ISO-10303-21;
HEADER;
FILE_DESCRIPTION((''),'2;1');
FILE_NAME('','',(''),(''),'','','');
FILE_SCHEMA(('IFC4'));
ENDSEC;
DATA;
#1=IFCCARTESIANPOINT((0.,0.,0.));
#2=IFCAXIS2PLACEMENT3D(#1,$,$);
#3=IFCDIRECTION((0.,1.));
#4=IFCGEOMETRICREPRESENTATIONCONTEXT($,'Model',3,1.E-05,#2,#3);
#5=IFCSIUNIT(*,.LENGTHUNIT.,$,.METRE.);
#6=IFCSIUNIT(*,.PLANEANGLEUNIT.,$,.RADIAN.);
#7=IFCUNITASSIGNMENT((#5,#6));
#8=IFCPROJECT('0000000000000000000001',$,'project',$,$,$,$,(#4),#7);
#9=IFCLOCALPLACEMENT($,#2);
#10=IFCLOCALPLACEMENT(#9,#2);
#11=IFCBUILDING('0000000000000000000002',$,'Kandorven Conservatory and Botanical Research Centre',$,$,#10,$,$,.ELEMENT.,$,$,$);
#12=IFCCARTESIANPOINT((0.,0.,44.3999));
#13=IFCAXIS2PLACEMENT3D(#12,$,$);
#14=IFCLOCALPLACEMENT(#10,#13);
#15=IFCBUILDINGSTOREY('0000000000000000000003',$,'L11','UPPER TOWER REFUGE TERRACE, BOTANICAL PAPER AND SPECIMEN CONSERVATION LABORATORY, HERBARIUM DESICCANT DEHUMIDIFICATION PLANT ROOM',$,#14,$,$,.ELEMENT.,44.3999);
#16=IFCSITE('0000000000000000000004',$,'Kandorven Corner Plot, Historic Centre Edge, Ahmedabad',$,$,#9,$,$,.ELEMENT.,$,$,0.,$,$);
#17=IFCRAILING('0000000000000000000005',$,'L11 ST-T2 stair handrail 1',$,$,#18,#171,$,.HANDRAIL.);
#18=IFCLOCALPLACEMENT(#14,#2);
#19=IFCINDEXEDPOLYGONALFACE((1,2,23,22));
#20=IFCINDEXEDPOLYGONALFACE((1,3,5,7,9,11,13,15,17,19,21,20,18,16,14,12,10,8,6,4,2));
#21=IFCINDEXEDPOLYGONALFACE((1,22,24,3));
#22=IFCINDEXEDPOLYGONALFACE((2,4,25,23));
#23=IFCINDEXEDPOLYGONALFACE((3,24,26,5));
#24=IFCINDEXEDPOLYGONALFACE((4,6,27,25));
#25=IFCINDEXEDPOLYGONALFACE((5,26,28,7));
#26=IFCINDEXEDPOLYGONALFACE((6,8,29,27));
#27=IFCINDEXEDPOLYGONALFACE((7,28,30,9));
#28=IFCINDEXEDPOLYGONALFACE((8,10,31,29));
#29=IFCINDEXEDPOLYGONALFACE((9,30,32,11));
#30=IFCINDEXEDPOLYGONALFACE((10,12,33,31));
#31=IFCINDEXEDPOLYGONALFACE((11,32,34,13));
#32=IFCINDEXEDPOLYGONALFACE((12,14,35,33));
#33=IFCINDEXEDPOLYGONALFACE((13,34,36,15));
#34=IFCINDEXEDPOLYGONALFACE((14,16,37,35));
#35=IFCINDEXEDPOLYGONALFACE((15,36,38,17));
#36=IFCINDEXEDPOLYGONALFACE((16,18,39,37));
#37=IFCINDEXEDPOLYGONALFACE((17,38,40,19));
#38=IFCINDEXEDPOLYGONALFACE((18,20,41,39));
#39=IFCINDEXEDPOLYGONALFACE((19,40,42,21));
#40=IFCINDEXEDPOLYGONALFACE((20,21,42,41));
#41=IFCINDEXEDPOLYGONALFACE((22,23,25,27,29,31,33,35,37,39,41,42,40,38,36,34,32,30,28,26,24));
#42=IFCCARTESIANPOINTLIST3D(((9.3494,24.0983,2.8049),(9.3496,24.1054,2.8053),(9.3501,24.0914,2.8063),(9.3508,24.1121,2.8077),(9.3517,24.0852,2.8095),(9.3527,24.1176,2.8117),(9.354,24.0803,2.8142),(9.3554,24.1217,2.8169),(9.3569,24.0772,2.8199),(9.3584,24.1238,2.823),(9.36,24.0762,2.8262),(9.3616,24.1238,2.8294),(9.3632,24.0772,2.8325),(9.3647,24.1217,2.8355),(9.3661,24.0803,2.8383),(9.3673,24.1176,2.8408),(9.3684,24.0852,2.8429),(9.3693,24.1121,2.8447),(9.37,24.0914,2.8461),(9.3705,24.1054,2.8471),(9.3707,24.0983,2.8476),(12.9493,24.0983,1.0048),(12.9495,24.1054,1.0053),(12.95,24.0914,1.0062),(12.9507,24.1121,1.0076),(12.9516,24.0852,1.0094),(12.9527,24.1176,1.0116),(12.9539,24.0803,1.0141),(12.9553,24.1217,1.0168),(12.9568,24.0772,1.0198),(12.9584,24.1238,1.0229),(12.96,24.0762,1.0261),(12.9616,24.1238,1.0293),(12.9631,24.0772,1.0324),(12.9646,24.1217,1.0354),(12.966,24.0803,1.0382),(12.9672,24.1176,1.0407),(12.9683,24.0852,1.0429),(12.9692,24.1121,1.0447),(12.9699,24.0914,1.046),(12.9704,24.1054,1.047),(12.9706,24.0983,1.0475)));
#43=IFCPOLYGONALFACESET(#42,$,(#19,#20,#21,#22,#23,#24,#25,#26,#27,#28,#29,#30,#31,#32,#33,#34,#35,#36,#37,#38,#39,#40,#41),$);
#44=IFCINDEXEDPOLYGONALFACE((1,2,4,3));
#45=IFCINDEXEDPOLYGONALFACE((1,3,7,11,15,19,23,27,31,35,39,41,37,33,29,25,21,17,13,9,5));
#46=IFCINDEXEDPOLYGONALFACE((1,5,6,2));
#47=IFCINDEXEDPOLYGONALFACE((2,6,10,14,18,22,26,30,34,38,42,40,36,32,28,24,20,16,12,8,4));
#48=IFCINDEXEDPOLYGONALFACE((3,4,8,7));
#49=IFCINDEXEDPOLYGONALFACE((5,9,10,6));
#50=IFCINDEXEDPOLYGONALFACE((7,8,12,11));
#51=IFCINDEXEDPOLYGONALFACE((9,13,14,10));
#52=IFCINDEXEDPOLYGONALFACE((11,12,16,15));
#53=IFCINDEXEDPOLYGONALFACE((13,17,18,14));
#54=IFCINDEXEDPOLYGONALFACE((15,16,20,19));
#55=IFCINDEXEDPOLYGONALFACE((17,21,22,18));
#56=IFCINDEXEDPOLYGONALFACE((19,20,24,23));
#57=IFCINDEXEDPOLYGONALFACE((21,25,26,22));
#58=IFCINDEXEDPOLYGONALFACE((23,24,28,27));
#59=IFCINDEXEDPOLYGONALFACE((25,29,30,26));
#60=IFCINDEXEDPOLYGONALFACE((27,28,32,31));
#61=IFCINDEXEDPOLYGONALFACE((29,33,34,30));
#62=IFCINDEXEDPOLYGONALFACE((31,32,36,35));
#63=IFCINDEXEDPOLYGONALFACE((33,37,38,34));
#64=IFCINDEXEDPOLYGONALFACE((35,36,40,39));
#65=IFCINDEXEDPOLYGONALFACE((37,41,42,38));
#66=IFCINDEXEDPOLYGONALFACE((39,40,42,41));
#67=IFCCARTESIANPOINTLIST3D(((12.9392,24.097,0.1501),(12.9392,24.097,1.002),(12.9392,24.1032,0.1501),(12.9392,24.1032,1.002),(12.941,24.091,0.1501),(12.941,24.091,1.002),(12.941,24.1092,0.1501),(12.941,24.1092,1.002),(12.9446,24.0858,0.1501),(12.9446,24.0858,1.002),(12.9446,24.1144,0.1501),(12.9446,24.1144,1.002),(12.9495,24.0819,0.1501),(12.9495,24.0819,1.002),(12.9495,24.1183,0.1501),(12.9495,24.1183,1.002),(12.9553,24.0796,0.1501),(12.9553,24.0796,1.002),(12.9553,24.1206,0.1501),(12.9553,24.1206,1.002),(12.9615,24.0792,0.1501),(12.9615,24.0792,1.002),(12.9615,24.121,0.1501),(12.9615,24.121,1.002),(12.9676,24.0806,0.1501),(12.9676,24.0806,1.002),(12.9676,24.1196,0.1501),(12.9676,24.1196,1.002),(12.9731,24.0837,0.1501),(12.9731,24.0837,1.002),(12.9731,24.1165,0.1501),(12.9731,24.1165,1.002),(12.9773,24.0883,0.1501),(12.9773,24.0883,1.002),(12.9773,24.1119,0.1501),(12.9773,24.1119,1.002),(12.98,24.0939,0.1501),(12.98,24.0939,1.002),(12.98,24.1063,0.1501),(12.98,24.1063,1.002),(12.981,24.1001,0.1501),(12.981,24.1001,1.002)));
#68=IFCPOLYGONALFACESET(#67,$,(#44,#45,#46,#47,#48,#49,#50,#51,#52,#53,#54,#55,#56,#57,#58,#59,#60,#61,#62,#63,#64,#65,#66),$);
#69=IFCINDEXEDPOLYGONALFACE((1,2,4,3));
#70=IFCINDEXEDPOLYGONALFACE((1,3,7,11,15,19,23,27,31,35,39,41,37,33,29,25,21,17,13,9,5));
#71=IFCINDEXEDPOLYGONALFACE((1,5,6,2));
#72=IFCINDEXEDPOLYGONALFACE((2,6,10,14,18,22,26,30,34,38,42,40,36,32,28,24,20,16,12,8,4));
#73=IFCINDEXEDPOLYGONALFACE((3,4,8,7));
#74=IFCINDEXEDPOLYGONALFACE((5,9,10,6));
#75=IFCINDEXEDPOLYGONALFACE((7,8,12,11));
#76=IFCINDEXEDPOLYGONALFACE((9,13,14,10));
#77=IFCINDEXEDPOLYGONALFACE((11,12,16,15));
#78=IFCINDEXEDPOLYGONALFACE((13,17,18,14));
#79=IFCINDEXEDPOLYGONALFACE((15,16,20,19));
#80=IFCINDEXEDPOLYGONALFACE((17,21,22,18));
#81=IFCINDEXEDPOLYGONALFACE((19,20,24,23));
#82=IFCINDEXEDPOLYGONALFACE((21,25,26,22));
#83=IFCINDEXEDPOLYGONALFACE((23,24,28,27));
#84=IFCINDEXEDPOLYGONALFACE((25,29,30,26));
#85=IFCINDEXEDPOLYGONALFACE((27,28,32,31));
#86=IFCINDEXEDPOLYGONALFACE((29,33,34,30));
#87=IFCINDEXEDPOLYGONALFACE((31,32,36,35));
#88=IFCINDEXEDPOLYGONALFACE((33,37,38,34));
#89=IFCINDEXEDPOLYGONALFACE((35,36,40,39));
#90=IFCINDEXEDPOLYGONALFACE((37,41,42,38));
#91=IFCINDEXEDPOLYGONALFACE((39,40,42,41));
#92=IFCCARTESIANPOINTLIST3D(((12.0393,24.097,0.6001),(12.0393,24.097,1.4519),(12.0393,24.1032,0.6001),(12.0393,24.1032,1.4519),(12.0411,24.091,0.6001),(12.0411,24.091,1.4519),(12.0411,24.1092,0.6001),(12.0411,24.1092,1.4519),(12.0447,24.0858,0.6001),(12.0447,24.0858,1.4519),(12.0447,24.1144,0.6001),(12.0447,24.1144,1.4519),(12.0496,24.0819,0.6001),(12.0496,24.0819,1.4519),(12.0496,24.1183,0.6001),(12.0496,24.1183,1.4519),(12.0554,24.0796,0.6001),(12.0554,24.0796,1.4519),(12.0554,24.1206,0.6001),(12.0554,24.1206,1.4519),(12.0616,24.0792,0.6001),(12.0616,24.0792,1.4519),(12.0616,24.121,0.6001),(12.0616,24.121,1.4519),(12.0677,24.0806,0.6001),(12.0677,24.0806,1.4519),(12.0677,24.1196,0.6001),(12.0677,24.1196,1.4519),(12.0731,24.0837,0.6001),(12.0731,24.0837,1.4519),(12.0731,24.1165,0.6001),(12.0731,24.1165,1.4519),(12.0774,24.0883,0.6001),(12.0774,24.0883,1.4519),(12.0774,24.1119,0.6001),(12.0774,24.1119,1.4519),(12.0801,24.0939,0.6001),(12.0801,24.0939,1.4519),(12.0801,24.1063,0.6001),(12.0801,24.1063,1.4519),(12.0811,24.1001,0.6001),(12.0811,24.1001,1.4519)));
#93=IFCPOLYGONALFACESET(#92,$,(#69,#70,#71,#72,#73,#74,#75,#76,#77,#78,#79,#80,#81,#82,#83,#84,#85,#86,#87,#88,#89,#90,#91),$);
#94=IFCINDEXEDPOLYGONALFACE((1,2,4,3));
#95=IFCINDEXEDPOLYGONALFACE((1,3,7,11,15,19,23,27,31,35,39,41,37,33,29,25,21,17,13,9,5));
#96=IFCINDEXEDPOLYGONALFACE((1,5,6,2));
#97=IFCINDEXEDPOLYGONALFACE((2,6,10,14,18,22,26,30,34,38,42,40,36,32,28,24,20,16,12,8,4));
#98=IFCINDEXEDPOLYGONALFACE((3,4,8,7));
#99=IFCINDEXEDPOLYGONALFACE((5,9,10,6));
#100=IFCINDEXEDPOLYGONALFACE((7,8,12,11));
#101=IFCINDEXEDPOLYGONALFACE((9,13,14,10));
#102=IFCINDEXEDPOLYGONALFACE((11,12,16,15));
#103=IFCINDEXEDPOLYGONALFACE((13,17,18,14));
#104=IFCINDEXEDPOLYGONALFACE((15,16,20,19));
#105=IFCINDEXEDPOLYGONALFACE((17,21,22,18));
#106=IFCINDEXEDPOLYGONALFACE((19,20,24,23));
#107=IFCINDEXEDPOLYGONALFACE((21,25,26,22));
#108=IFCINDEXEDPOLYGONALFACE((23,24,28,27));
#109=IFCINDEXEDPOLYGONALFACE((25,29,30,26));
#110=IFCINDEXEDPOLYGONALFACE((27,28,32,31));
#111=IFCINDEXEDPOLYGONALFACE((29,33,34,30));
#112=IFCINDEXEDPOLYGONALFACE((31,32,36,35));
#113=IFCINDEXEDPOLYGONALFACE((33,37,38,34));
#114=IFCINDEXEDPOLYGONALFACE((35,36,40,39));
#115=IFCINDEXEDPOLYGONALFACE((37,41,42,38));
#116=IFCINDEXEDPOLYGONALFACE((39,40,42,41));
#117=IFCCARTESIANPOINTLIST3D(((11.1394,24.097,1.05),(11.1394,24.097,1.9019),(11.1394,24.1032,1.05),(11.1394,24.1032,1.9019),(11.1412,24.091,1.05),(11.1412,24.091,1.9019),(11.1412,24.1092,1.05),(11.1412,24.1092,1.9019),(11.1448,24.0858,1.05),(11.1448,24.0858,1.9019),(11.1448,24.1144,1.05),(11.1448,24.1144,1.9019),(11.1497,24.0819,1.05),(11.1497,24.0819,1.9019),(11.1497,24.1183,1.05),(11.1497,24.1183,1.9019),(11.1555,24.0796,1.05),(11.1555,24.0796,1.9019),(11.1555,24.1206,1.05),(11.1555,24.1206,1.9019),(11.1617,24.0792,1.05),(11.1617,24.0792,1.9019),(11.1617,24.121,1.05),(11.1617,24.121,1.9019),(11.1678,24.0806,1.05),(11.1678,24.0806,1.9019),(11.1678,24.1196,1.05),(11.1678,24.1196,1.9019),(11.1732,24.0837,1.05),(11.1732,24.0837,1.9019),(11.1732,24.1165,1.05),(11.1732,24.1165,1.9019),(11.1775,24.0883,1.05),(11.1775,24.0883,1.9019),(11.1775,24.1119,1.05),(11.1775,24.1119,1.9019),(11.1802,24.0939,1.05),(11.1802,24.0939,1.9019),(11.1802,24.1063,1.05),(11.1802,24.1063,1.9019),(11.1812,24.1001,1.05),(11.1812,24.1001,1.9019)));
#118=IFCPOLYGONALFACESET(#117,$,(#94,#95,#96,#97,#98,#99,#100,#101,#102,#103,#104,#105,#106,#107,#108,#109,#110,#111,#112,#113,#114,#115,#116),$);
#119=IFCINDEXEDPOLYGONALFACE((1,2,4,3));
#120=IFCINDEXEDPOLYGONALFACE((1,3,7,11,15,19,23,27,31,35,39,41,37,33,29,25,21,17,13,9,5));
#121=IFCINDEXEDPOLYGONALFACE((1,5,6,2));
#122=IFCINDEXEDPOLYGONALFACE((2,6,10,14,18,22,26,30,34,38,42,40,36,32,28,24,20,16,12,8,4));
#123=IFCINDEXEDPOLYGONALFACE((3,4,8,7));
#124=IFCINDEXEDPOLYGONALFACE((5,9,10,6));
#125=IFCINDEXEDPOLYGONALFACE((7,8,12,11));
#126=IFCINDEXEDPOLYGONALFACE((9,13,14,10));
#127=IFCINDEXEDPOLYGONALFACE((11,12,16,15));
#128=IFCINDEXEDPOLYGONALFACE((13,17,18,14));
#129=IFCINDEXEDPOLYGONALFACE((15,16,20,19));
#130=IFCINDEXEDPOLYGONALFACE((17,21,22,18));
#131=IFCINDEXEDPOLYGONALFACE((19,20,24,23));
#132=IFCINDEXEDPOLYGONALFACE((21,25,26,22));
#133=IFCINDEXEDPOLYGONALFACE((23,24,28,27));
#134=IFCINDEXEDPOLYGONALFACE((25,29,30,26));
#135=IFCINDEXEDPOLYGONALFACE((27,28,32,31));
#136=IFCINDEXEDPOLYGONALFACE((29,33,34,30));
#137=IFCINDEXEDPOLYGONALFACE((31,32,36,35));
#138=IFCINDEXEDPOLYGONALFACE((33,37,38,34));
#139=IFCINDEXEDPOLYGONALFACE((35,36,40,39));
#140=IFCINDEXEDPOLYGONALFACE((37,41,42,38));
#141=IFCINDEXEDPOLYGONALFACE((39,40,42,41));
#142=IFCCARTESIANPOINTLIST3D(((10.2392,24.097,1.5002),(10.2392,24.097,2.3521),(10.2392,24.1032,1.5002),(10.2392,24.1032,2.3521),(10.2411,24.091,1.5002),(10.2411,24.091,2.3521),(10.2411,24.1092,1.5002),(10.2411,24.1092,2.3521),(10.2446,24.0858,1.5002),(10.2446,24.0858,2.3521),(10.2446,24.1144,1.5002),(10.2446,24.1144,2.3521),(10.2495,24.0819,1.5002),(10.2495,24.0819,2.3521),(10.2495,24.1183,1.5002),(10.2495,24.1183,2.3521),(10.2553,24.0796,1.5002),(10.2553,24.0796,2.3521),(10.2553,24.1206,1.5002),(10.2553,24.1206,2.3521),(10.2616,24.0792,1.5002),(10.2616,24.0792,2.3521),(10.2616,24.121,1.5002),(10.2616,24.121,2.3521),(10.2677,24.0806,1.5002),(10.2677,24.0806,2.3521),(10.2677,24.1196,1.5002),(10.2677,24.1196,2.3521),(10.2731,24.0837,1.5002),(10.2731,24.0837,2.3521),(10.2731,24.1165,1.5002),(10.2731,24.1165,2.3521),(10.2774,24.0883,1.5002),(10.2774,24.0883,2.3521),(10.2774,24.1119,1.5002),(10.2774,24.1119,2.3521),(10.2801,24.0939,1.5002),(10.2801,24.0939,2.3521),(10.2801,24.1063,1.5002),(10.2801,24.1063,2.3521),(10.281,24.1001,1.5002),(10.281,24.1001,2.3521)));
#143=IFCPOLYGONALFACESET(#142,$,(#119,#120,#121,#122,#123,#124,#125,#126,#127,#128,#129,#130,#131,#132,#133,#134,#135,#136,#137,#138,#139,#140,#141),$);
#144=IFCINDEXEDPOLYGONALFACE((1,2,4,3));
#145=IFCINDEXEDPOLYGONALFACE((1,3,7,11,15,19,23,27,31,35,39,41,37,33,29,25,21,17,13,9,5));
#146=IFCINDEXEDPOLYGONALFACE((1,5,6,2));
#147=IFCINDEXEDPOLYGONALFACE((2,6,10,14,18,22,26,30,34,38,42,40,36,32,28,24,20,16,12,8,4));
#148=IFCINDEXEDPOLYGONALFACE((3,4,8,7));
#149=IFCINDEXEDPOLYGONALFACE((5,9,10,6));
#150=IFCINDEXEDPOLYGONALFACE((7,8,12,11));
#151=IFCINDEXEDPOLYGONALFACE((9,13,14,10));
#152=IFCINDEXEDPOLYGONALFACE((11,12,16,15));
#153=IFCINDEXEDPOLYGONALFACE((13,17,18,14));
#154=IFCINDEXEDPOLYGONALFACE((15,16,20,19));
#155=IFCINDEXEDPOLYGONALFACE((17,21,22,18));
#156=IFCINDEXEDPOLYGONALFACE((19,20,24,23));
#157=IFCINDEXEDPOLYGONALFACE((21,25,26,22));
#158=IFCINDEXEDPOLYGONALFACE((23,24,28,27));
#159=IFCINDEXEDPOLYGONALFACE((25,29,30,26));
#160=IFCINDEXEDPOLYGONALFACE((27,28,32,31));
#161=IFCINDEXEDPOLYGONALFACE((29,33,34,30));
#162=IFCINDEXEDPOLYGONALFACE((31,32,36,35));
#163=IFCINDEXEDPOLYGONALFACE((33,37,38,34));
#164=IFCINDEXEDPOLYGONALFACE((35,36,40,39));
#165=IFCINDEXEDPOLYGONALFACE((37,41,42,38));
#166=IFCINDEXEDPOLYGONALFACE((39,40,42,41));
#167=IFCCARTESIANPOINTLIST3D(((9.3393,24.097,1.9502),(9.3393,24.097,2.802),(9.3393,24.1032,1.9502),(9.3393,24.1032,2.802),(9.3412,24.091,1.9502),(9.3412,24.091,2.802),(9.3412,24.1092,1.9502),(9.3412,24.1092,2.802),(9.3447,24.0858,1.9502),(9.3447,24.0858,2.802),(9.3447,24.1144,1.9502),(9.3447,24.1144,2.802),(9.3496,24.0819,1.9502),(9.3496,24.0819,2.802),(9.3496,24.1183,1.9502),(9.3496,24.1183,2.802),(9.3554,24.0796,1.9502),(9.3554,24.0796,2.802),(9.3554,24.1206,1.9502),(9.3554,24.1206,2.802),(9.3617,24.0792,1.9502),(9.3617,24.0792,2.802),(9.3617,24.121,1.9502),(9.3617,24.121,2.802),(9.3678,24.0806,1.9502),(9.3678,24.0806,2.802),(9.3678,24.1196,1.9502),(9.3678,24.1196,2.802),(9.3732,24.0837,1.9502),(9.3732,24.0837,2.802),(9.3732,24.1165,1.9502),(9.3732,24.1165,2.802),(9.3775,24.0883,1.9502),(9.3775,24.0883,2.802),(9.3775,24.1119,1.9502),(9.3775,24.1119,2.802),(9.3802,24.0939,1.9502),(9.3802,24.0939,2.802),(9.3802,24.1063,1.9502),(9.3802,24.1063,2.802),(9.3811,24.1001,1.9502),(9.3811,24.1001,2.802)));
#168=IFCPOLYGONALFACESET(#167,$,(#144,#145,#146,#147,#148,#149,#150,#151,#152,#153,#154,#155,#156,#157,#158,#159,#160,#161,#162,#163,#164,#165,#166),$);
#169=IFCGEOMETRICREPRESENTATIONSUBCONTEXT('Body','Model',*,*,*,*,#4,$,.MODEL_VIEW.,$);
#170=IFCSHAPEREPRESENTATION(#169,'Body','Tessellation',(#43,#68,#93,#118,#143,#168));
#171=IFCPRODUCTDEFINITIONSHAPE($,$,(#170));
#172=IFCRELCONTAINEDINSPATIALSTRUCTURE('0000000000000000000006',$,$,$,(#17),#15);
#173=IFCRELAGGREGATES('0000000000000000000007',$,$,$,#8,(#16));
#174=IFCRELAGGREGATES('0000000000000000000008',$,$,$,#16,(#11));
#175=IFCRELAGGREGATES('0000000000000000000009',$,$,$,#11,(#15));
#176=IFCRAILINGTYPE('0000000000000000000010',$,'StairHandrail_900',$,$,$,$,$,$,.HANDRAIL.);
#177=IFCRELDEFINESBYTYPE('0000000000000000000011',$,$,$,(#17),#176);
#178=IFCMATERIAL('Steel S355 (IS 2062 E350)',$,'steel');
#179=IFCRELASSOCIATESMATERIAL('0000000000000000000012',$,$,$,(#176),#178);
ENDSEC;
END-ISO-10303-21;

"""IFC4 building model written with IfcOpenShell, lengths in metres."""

from ifc_helpers import new_model, si_unit, direction, frame, origin, origin_2d, place, context, subcontext, project, spatial, circle, extrude, material, type_object, element, save


model = new_model("IFC4")

# Units and contexts
model_context = context("Model", 3, precision=1e-05, world=origin(), true_north=direction((0.0, 1.0)))
body_context = subcontext(model_context, "Body", "Model", "MODEL_VIEW")
ifc_project = project(units=[si_unit("LENGTHUNIT", "METRE"), si_unit("PLANEANGLEUNIT", "RADIAN")], contexts=[model_context])

# Site, building, storey
site_placement = place(None, origin())
site = spatial("IfcSite", under=ifc_project, at=site_placement, Name="Kandorven Corner Plot, Historic Centre Edge, Ahmedabad", CompositionType="ELEMENT", RefElevation=0.0)
building_placement = place(site_placement, origin())
building = spatial("IfcBuilding", under=site, at=building_placement, Name="Kandorven Conservatory and Botanical Research Centre", CompositionType="ELEMENT")
storey_placement = place(building_placement, frame((0.0, 0.0, 44.3999)))
storey = spatial("IfcBuildingStorey", under=building, at=storey_placement, Name="L11", Description="UPPER TOWER REFUGE TERRACE, BOTANICAL PAPER AND SPECIMEN CONSERVATION LABORATORY, HERBARIUM DESICCANT DEHUMIDIFICATION PLANT ROOM", CompositionType="ELEMENT", Elevation=44.3999)

# Railing
ifc_material_1 = material(Name="Steel S355 (IS 2062 E350)", Category="steel")
railing_type_1 = type_object("IfcRailingType", Name="StairHandrail_900", PredefinedType="HANDRAIL", material=ifc_material_1)
railing_1_placement = place(storey_placement, frame((12.96, 24.1001, 0.1501)))
element("IfcRailing", 1, at=railing_1_placement, inside=storey, type_object=railing_type_1, Name="L11 ST-T2 stair handrail 1", PredefinedType="HANDRAIL", context=body_context, shape_type="SweptSolid", body=[
    extrude(circle(Radius=0.0239, at=origin_2d()), frame((0.0, 0.0, 0.876), z_axis=(-0.894415, 0.0, 0.447238), x_axis=(0.0, -1.0, 0.0)), (0.0, 0.0, 1.0), 4.0249),
    extrude(circle(Radius=0.021, at=origin_2d()), origin(), (0.0, 0.0, 1.0), 0.8518),
    extrude(circle(Radius=0.021, at=origin_2d()), frame((-0.8999, 0.0, 0.45)), (0.0, 0.0, 1.0), 0.8518),
    extrude(circle(Radius=0.021, at=origin_2d()), frame((-1.7998, 0.0, 0.8999)), (0.0, 0.0, 1.0), 0.8518),
    extrude(circle(Radius=0.021, at=origin_2d()), frame((-2.7, 0.0, 1.3501)), (0.0, 0.0, 1.0), 0.8518),
    extrude(circle(Radius=0.021, at=origin_2d()), frame((-3.5999, 0.0, 1.8)), (0.0, 0.0, 1.0), 0.8518),
])

save(model, "model.ifc")
